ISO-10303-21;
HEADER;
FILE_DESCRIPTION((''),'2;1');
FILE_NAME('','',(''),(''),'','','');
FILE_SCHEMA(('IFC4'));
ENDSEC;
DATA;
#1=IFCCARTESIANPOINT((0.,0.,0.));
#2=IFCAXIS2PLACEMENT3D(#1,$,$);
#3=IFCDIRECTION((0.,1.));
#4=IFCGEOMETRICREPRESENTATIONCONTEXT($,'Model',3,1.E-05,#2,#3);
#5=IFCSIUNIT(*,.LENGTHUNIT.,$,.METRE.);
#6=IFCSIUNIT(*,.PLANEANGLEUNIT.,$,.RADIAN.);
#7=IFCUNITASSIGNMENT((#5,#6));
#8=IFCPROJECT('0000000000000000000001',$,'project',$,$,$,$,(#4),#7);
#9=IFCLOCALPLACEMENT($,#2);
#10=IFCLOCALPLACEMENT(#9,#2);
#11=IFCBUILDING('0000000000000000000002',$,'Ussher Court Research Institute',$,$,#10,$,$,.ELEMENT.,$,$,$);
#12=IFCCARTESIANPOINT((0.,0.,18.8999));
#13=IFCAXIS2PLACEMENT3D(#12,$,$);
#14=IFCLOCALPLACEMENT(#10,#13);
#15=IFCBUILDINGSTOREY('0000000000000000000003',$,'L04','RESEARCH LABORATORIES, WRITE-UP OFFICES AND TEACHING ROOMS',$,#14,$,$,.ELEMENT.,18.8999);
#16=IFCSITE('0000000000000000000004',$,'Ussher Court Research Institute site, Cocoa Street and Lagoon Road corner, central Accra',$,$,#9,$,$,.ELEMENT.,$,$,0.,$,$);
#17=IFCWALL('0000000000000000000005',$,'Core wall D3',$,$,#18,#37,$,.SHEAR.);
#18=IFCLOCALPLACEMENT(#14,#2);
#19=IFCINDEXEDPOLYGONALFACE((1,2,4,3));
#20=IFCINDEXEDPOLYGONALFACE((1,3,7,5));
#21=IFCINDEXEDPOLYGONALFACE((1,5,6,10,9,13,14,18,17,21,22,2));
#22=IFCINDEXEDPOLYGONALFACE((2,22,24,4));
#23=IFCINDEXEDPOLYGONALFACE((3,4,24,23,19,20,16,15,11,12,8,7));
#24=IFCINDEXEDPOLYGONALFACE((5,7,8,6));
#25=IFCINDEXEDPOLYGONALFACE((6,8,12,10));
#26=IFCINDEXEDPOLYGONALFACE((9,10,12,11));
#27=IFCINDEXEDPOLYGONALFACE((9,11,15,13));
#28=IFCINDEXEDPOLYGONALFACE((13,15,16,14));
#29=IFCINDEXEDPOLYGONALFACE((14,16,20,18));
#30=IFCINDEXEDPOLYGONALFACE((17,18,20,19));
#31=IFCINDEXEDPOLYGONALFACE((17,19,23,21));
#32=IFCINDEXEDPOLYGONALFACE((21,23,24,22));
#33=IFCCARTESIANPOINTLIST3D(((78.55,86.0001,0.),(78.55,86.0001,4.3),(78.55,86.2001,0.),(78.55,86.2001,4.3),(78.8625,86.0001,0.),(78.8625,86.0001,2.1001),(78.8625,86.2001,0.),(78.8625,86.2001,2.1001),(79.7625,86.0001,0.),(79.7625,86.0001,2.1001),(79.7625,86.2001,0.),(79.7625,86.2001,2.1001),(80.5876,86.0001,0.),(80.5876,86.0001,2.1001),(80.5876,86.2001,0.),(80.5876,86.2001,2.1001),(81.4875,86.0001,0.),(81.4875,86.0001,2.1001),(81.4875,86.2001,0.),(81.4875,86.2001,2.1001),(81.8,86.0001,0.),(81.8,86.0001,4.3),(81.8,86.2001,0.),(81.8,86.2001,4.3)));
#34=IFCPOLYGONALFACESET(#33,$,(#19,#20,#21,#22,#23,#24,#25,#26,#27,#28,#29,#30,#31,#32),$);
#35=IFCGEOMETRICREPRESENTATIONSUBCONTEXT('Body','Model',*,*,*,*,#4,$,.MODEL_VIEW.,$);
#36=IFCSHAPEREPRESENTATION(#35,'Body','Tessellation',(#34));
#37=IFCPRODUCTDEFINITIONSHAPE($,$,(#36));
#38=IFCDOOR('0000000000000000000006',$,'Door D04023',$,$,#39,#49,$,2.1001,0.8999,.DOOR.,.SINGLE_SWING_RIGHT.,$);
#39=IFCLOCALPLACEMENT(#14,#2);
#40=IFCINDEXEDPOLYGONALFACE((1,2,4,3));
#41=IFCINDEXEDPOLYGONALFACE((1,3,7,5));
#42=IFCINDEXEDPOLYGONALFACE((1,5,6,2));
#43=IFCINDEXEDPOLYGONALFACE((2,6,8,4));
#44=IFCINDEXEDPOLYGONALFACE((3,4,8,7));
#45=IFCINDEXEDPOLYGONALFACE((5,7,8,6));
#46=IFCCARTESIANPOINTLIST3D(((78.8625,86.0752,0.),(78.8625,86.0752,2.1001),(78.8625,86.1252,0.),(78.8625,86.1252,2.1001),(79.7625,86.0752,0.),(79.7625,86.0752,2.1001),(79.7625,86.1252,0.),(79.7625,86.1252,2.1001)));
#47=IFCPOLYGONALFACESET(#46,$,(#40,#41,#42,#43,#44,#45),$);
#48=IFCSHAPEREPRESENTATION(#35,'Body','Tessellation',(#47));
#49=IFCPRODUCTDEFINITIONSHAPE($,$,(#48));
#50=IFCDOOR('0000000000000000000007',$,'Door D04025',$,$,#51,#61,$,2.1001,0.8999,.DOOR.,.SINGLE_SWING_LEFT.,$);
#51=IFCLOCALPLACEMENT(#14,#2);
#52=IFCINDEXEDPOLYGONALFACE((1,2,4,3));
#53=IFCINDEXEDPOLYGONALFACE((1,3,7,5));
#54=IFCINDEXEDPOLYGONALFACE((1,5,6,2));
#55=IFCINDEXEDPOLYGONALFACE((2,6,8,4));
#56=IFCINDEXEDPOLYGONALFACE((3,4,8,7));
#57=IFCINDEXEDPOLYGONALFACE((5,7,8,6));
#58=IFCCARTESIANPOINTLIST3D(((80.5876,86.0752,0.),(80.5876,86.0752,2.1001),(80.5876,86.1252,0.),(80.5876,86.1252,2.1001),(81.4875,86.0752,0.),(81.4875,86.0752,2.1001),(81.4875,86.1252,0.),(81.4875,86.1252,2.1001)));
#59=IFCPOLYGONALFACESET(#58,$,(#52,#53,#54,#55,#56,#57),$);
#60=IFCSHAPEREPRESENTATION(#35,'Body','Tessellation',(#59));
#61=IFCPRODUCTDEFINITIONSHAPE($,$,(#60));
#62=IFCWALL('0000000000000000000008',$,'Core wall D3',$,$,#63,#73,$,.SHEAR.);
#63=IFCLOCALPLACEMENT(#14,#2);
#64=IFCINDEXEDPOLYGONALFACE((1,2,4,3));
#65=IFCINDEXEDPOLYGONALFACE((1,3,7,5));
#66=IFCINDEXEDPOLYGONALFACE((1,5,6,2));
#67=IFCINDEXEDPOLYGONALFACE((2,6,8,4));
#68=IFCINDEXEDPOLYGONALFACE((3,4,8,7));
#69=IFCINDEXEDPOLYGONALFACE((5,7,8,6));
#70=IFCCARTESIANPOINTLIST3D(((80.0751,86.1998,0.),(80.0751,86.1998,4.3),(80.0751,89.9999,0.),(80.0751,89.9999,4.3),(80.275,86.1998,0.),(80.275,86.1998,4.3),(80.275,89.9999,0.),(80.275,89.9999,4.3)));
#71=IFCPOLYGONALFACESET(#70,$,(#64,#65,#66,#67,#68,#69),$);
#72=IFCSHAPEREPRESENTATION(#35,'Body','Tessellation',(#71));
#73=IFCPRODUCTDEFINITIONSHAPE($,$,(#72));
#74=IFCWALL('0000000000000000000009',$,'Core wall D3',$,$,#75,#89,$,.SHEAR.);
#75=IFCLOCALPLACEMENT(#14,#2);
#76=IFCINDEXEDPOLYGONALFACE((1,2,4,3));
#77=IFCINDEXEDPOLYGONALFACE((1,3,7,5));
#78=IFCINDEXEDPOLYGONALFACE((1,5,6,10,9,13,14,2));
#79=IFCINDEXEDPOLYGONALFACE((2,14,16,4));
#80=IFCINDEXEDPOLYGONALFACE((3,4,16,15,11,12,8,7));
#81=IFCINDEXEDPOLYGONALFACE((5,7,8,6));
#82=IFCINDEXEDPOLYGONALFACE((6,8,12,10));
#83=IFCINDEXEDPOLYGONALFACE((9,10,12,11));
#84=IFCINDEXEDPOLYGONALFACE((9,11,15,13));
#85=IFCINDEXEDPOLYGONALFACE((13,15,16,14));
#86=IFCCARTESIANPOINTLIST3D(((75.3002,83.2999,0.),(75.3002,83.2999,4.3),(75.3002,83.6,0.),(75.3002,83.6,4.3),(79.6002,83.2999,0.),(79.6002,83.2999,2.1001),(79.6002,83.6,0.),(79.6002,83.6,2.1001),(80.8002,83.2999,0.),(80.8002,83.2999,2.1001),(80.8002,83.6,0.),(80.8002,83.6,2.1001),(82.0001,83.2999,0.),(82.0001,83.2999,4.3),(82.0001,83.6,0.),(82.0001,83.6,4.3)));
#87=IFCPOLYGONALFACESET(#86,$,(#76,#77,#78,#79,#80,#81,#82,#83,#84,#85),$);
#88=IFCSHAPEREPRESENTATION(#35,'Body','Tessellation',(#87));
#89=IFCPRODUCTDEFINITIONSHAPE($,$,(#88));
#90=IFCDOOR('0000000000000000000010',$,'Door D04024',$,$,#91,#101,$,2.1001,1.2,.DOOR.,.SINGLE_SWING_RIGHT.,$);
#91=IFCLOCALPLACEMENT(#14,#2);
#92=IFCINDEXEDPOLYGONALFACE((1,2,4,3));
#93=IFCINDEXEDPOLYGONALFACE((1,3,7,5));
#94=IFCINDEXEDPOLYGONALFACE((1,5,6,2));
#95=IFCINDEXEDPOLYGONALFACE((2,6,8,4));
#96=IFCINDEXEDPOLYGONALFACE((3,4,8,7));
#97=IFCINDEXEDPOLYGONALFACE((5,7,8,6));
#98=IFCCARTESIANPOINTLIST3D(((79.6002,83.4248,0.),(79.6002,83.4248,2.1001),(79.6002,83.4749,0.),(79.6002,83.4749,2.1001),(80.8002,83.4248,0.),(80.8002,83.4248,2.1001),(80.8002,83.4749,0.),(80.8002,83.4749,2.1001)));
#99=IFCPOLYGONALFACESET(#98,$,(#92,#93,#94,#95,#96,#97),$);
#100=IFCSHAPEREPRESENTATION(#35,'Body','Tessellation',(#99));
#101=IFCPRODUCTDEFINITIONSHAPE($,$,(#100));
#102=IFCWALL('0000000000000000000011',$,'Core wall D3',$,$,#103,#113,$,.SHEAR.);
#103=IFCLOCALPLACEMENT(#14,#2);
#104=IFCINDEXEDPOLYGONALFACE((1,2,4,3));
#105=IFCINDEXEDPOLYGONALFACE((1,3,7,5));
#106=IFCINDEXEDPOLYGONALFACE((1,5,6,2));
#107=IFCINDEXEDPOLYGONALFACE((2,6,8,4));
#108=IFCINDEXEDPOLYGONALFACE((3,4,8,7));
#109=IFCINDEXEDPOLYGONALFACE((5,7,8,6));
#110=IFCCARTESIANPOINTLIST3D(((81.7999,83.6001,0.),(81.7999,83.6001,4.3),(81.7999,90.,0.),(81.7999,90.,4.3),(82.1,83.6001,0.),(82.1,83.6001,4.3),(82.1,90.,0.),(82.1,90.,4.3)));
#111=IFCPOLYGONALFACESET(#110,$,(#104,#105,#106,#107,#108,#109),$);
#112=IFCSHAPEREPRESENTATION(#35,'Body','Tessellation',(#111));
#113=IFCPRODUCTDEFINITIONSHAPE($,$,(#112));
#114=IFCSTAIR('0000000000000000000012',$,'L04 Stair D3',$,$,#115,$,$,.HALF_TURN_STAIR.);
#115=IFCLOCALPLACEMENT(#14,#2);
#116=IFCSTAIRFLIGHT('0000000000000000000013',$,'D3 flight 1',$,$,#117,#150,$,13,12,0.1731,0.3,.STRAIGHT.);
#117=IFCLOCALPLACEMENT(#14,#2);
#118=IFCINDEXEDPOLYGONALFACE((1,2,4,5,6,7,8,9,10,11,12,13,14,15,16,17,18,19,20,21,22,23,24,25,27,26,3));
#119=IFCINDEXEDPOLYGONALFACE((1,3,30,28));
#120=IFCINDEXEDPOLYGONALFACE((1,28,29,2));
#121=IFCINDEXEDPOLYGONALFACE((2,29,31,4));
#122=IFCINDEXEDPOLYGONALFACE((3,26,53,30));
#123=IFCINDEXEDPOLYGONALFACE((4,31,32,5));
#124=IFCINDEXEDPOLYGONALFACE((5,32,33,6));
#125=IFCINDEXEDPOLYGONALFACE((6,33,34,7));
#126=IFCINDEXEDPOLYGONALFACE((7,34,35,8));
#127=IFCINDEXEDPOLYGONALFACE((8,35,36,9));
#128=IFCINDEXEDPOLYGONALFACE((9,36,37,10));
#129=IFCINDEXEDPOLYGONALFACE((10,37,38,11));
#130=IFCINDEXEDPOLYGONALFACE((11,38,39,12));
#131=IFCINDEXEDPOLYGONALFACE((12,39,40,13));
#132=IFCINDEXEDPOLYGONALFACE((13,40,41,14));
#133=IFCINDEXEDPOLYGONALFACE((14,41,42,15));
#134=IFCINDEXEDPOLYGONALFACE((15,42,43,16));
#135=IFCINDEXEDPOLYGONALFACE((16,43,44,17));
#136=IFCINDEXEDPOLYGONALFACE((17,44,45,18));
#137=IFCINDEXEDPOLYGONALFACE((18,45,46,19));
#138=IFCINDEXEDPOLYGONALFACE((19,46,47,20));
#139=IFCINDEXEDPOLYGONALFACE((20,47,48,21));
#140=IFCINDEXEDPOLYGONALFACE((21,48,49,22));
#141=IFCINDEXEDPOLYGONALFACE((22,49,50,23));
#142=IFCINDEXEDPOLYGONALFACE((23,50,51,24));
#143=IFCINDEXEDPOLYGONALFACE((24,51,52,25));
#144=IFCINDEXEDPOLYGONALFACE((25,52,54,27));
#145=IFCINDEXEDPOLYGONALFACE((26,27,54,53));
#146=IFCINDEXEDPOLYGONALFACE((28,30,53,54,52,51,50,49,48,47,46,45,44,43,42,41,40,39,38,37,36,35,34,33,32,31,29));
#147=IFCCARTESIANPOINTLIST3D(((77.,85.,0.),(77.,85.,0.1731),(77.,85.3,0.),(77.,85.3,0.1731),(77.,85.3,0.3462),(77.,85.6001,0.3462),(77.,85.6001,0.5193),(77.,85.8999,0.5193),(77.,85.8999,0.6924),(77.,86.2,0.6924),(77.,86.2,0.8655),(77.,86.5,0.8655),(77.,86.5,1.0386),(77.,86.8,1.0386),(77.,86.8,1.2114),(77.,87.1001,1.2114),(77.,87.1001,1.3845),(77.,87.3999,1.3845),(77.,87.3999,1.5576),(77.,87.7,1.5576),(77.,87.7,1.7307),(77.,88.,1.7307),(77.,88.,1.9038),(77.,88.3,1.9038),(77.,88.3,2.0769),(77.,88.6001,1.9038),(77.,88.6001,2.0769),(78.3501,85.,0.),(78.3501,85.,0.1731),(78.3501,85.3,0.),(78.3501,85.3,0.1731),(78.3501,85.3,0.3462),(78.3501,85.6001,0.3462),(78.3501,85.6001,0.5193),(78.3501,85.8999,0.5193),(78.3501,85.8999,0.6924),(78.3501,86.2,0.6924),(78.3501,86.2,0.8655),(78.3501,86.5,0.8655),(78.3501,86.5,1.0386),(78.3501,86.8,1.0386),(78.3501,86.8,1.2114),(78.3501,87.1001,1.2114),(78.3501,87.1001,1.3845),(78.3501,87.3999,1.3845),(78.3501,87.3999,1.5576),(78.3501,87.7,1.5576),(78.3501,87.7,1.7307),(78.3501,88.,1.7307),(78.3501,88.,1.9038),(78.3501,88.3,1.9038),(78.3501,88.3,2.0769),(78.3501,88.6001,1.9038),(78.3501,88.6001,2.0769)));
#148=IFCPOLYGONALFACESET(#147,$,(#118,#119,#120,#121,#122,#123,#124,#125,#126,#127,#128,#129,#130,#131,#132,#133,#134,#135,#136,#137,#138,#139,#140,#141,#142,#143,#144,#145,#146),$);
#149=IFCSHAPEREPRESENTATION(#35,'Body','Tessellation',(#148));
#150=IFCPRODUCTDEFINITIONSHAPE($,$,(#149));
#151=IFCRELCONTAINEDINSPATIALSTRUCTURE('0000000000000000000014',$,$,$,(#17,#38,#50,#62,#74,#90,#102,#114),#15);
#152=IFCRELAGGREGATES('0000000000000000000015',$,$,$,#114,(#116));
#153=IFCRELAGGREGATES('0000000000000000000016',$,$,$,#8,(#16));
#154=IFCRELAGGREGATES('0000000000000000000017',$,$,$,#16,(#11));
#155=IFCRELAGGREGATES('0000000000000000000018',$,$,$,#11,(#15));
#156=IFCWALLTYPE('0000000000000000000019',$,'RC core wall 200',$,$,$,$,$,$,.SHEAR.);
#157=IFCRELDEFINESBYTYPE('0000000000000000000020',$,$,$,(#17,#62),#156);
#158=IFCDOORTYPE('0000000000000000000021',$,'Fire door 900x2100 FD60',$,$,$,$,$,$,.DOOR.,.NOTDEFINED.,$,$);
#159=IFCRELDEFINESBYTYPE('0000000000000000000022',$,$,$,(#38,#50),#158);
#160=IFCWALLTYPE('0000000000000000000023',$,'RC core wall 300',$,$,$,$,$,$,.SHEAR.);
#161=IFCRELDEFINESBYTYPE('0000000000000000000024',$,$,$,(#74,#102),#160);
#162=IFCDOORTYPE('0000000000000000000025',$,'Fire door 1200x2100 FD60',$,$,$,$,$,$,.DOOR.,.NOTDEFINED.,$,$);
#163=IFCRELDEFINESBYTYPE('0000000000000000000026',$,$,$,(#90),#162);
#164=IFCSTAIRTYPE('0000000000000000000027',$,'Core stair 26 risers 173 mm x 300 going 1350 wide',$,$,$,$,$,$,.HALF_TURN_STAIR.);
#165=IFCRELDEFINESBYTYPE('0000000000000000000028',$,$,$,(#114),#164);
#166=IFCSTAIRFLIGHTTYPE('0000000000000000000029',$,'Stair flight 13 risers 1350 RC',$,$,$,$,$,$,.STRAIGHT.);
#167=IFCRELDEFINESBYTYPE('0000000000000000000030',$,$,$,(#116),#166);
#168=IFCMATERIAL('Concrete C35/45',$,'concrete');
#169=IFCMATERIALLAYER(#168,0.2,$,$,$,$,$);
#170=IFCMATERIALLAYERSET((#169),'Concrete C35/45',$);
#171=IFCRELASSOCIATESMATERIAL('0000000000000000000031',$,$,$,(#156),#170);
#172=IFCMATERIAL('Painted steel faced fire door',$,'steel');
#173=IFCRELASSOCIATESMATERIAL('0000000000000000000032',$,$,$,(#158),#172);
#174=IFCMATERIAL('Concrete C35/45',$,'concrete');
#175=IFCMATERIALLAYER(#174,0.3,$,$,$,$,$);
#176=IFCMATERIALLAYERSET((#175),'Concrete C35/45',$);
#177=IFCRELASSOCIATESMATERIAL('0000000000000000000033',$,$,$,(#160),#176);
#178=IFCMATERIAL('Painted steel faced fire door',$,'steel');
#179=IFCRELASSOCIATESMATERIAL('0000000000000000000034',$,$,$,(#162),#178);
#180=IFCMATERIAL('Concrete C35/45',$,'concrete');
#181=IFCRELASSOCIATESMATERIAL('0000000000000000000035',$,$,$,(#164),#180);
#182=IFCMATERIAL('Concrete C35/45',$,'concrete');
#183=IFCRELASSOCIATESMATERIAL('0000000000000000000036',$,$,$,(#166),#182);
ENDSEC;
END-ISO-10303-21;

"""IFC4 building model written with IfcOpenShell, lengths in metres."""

from ifc_helpers import new_model, si_unit, direction, frame, frame_2d, origin, place, context, subcontext, project, spatial, polyline, rectangle, outline, extrude, material, layer, layer_set, type_object, element, fill, aggregate, save


model = new_model("IFC4")

# Units and contexts
model_context = context("Model", 3, precision=1e-05, world=origin(), true_north=direction((0.0, 1.0)))
body_context = subcontext(model_context, "Body", "Model", "MODEL_VIEW")
ifc_project = project(units=[si_unit("LENGTHUNIT", "METRE"), si_unit("PLANEANGLEUNIT", "RADIAN")], contexts=[model_context])

# Site, building, storey
site_placement = place(None, origin())
site = spatial("IfcSite", under=ifc_project, at=site_placement, Name="Ussher Court Research Institute site, Cocoa Street and Lagoon Road corner, central Accra", CompositionType="ELEMENT", RefElevation=0.0)
building_placement = place(site_placement, origin())
building = spatial("IfcBuilding", under=site, at=building_placement, Name="Ussher Court Research Institute", CompositionType="ELEMENT")
storey_placement = place(building_placement, frame((0.0, 0.0, 18.8999)))
storey = spatial("IfcBuildingStorey", under=building, at=storey_placement, Name="L04", Description="RESEARCH LABORATORIES, WRITE-UP OFFICES AND TEACHING ROOMS", CompositionType="ELEMENT", Elevation=18.8999)

# Shared definitions
ifc_material_1 = material(Name="Concrete C35/45", Category="concrete")
ifc_layer_1 = layer(ifc_material_1, 0.2)
ifc_layer_set_1 = layer_set([ifc_layer_1], Name="Concrete C35/45")
wall_type_1 = type_object("IfcWallType", Name="RC core wall 200", PredefinedType="SHEAR", material=ifc_layer_set_1)

# Wall, openings, doors
wall_1_placement = place(storey_placement, frame((81.8, 86.1001, 0.0), z_axis=(0.0, 0.0, 1.0), x_axis=(-1.0, 0.0, 0.0)))
wall_1 = element("IfcWall", 1, at=wall_1_placement, inside=storey, type_object=wall_type_1, Name="Core wall D3", PredefinedType="SHEAR", context=body_context, shape_type="SweptSolid", body=[
    extrude(rectangle(XDim=3.25, YDim=0.2, at=frame_2d((1.625, 0.0))), origin(), (0.0, 0.0, 1.0), 4.3),
])
opening_1_placement = place(wall_1_placement, frame((2.0376, 0.0, 0.0)))
opening_1 = element("IfcOpeningElement", 2, at=opening_1_placement, cuts=wall_1, PredefinedType="OPENING", context=body_context, shape_type="SweptSolid", body=[
    extrude(rectangle(XDim=0.8999, YDim=2.1001, at=frame_2d((0.45, 1.05))), frame((0.0, 0.1099, 0.0), z_axis=(0.0, -1.0, 0.0), x_axis=(1.0, 0.0, 0.0)), (0.0, 0.0, 1.0), 0.22),
])
opening_2_placement = place(wall_1_placement, frame((0.3125, 0.0, 0.0)))
opening_2 = element("IfcOpeningElement", 3, at=opening_2_placement, cuts=wall_1, PredefinedType="OPENING", context=body_context, shape_type="SweptSolid", body=[
    extrude(rectangle(XDim=0.8999, YDim=2.1001, at=frame_2d((0.45, 1.05))), frame((0.0, 0.1099, 0.0), z_axis=(0.0, -1.0, 0.0), x_axis=(1.0, 0.0, 0.0)), (0.0, 0.0, 1.0), 0.22),
])
ifc_material_2 = material(Name="Painted steel faced fire door", Category="steel")
door_type_1 = type_object("IfcDoorType", Name="Fire door 900x2100 FD60", OperationType="NOTDEFINED", PredefinedType="DOOR", material=ifc_material_2)
door_1_placement = place(opening_1_placement, origin())
door_1 = element("IfcDoor", 4, at=door_1_placement, inside=storey, type_object=door_type_1, Name="Door D04023", OperationType="SINGLE_SWING_RIGHT", OverallHeight=2.1001, OverallWidth=0.8999, PredefinedType="DOOR", context=body_context, shape_type="SweptSolid", body=[
    extrude(rectangle(XDim=0.8999, YDim=2.1001, at=frame_2d((0.45, 1.05))), frame((0.0, 0.0249, 0.0), z_axis=(0.0, -1.0, 0.0), x_axis=(1.0, 0.0, 0.0)), (0.0, 0.0, 1.0), 0.05),
])
fill(opening_1, door_1)
door_2_placement = place(opening_2_placement, origin())
door_2 = element("IfcDoor", 5, at=door_2_placement, inside=storey, type_object=door_type_1, Name="Door D04025", OperationType="SINGLE_SWING_LEFT", OverallHeight=2.1001, OverallWidth=0.8999, PredefinedType="DOOR", context=body_context, shape_type="SweptSolid", body=[
    extrude(rectangle(XDim=0.8999, YDim=2.1001, at=frame_2d((0.45, 1.05))), frame((0.0, 0.0249, 0.0), z_axis=(0.0, -1.0, 0.0), x_axis=(1.0, 0.0, 0.0)), (0.0, 0.0, 1.0), 0.05),
])
fill(opening_2, door_2)

# Wall
wall_2_placement = place(storey_placement, frame((80.175, 86.2, 0.0), z_axis=(0.0, 0.0, 1.0), x_axis=(0.0, 1.0, 0.0)))
element("IfcWall", 6, at=wall_2_placement, inside=storey, type_object=wall_type_1, Name="Core wall D3", PredefinedType="SHEAR", context=body_context, shape_type="SweptSolid", body=[
    extrude(rectangle(XDim=3.8, YDim=0.2, at=frame_2d((1.8999, 0.0))), origin(), (0.0, 0.0, 1.0), 4.3),
])

# Wall, opening, door
ifc_material_3 = material(Name="Concrete C35/45", Category="concrete")
ifc_layer_2 = layer(ifc_material_3, 0.3)
ifc_layer_set_2 = layer_set([ifc_layer_2], Name="Concrete C35/45")
wall_type_2 = type_object("IfcWallType", Name="RC core wall 300", PredefinedType="SHEAR", material=ifc_layer_set_2)
wall_3_placement = place(storey_placement, frame((75.3, 83.45, 0.0), z_axis=(0.0, 0.0, 1.0), x_axis=(1.0, 0.0, 0.0)))
wall_3 = element("IfcWall", 7, at=wall_3_placement, inside=storey, type_object=wall_type_2, Name="Core wall D3", PredefinedType="SHEAR", context=body_context, shape_type="SweptSolid", body=[
    extrude(rectangle(XDim=6.7, YDim=0.3, at=frame_2d((3.3501, 0.0))), origin(), (0.0, 0.0, 1.0), 4.3),
])
opening_3_placement = place(wall_3_placement, frame((4.3, 0.0, 0.0)))
opening_3 = element("IfcOpeningElement", 8, at=opening_3_placement, cuts=wall_3, PredefinedType="OPENING", context=body_context, shape_type="SweptSolid", body=[
    extrude(rectangle(XDim=1.2, YDim=2.1001, at=frame_2d((0.6001, 1.05))), frame((0.0, 0.1602, 0.0), z_axis=(0.0, -1.0, 0.0), x_axis=(1.0, 0.0, 0.0)), (0.0, 0.0, 1.0), 0.3201),
])
ifc_material_4 = material(Name="Painted steel faced fire door", Category="steel")
door_type_2 = type_object("IfcDoorType", Name="Fire door 1200x2100 FD60", OperationType="NOTDEFINED", PredefinedType="DOOR", material=ifc_material_4)
door_3_placement = place(opening_3_placement, origin())
door_3 = element("IfcDoor", 9, at=door_3_placement, inside=storey, type_object=door_type_2, Name="Door D04024", OperationType="SINGLE_SWING_RIGHT", OverallHeight=2.1001, OverallWidth=1.2, PredefinedType="DOOR", context=body_context, shape_type="SweptSolid", body=[
    extrude(rectangle(XDim=1.2, YDim=2.1001, at=frame_2d((0.6001, 1.05))), frame((0.0, 0.0249, 0.0), z_axis=(0.0, -1.0, 0.0), x_axis=(1.0, 0.0, 0.0)), (0.0, 0.0, 1.0), 0.05),
])
fill(opening_3, door_3)

# Wall
wall_4_placement = place(storey_placement, frame((81.95, 83.6001, 0.0), z_axis=(0.0, 0.0, 1.0), x_axis=(0.0, 1.0, 0.0)))
element("IfcWall", 10, at=wall_4_placement, inside=storey, type_object=wall_type_2, Name="Core wall D3", PredefinedType="SHEAR", context=body_context, shape_type="SweptSolid", body=[
    extrude(rectangle(XDim=6.3999, YDim=0.3, at=frame_2d((3.2, 0.0))), origin(), (0.0, 0.0, 1.0), 4.3),
])

# Stair, stair flight
ifc_material_5 = material(Name="Concrete C35/45", Category="concrete")
stair_type = type_object("IfcStairType", Name="Core stair 26 risers 173 mm x 300 going 1350 wide", PredefinedType="HALF_TURN_STAIR", material=ifc_material_5)
stair_placement = place(storey_placement, origin())
stair = element("IfcStair", 11, at=stair_placement, inside=storey, type_object=stair_type, Name="L04 Stair D3", PredefinedType="HALF_TURN_STAIR")
ifc_material_6 = material(Name="Concrete C35/45", Category="concrete")
stair_flight_type = type_object("IfcStairFlightType", Name="Stair flight 13 risers 1350 RC", PredefinedType="STRAIGHT", material=ifc_material_6)
stair_flight_1_placement = place(storey_placement, frame((77.675, 85.0, 0.0), z_axis=(0.0, 0.0, 1.0), x_axis=(0.0, 1.0, 0.0)))
stair_flight_1 = element("IfcStairFlight", 12, at=stair_flight_1_placement, type_object=stair_flight_type, Name="D3 flight 1", NumberOfRisers=13, NumberOfTreads=12, PredefinedType="STRAIGHT", RiserHeight=0.1731, TreadLength=0.3, context=body_context, shape_type="SweptSolid", body=[
    extrude(outline(polyline([(0.0, 0.0), (0.0, 0.1731), (0.3, 0.1731), (0.3, 0.3462), (0.6001, 0.3462), (0.6001, 0.5193), (0.8999, 0.5193), (0.8999, 0.6924), (1.2, 0.6924), (1.2, 0.8655), (1.5, 0.8655), (1.5, 1.0386), (1.8, 1.0386), (1.8, 1.2114), (2.1001, 1.2114), (2.1001, 1.3845), (2.3999, 1.3845), (2.3999, 1.5576), (2.7, 1.5576), (2.7, 1.7307), (3.0, 1.7307), (3.0, 1.9038), (3.3, 1.9038), (3.3, 2.0769), (3.6001, 2.0769), (3.6001, 2.25), (3.6001, 1.9038), (0.3, 0.0), (0.0, 0.0)])), frame((0.0, 0.675, 0.0), z_axis=(0.0, -1.0, 0.0), x_axis=(1.0, 0.0, 0.0)), (0.0, 0.0, 1.0), 1.3501),
])
aggregate(stair, [stair_flight_1])

save(model, "model.ifc")
